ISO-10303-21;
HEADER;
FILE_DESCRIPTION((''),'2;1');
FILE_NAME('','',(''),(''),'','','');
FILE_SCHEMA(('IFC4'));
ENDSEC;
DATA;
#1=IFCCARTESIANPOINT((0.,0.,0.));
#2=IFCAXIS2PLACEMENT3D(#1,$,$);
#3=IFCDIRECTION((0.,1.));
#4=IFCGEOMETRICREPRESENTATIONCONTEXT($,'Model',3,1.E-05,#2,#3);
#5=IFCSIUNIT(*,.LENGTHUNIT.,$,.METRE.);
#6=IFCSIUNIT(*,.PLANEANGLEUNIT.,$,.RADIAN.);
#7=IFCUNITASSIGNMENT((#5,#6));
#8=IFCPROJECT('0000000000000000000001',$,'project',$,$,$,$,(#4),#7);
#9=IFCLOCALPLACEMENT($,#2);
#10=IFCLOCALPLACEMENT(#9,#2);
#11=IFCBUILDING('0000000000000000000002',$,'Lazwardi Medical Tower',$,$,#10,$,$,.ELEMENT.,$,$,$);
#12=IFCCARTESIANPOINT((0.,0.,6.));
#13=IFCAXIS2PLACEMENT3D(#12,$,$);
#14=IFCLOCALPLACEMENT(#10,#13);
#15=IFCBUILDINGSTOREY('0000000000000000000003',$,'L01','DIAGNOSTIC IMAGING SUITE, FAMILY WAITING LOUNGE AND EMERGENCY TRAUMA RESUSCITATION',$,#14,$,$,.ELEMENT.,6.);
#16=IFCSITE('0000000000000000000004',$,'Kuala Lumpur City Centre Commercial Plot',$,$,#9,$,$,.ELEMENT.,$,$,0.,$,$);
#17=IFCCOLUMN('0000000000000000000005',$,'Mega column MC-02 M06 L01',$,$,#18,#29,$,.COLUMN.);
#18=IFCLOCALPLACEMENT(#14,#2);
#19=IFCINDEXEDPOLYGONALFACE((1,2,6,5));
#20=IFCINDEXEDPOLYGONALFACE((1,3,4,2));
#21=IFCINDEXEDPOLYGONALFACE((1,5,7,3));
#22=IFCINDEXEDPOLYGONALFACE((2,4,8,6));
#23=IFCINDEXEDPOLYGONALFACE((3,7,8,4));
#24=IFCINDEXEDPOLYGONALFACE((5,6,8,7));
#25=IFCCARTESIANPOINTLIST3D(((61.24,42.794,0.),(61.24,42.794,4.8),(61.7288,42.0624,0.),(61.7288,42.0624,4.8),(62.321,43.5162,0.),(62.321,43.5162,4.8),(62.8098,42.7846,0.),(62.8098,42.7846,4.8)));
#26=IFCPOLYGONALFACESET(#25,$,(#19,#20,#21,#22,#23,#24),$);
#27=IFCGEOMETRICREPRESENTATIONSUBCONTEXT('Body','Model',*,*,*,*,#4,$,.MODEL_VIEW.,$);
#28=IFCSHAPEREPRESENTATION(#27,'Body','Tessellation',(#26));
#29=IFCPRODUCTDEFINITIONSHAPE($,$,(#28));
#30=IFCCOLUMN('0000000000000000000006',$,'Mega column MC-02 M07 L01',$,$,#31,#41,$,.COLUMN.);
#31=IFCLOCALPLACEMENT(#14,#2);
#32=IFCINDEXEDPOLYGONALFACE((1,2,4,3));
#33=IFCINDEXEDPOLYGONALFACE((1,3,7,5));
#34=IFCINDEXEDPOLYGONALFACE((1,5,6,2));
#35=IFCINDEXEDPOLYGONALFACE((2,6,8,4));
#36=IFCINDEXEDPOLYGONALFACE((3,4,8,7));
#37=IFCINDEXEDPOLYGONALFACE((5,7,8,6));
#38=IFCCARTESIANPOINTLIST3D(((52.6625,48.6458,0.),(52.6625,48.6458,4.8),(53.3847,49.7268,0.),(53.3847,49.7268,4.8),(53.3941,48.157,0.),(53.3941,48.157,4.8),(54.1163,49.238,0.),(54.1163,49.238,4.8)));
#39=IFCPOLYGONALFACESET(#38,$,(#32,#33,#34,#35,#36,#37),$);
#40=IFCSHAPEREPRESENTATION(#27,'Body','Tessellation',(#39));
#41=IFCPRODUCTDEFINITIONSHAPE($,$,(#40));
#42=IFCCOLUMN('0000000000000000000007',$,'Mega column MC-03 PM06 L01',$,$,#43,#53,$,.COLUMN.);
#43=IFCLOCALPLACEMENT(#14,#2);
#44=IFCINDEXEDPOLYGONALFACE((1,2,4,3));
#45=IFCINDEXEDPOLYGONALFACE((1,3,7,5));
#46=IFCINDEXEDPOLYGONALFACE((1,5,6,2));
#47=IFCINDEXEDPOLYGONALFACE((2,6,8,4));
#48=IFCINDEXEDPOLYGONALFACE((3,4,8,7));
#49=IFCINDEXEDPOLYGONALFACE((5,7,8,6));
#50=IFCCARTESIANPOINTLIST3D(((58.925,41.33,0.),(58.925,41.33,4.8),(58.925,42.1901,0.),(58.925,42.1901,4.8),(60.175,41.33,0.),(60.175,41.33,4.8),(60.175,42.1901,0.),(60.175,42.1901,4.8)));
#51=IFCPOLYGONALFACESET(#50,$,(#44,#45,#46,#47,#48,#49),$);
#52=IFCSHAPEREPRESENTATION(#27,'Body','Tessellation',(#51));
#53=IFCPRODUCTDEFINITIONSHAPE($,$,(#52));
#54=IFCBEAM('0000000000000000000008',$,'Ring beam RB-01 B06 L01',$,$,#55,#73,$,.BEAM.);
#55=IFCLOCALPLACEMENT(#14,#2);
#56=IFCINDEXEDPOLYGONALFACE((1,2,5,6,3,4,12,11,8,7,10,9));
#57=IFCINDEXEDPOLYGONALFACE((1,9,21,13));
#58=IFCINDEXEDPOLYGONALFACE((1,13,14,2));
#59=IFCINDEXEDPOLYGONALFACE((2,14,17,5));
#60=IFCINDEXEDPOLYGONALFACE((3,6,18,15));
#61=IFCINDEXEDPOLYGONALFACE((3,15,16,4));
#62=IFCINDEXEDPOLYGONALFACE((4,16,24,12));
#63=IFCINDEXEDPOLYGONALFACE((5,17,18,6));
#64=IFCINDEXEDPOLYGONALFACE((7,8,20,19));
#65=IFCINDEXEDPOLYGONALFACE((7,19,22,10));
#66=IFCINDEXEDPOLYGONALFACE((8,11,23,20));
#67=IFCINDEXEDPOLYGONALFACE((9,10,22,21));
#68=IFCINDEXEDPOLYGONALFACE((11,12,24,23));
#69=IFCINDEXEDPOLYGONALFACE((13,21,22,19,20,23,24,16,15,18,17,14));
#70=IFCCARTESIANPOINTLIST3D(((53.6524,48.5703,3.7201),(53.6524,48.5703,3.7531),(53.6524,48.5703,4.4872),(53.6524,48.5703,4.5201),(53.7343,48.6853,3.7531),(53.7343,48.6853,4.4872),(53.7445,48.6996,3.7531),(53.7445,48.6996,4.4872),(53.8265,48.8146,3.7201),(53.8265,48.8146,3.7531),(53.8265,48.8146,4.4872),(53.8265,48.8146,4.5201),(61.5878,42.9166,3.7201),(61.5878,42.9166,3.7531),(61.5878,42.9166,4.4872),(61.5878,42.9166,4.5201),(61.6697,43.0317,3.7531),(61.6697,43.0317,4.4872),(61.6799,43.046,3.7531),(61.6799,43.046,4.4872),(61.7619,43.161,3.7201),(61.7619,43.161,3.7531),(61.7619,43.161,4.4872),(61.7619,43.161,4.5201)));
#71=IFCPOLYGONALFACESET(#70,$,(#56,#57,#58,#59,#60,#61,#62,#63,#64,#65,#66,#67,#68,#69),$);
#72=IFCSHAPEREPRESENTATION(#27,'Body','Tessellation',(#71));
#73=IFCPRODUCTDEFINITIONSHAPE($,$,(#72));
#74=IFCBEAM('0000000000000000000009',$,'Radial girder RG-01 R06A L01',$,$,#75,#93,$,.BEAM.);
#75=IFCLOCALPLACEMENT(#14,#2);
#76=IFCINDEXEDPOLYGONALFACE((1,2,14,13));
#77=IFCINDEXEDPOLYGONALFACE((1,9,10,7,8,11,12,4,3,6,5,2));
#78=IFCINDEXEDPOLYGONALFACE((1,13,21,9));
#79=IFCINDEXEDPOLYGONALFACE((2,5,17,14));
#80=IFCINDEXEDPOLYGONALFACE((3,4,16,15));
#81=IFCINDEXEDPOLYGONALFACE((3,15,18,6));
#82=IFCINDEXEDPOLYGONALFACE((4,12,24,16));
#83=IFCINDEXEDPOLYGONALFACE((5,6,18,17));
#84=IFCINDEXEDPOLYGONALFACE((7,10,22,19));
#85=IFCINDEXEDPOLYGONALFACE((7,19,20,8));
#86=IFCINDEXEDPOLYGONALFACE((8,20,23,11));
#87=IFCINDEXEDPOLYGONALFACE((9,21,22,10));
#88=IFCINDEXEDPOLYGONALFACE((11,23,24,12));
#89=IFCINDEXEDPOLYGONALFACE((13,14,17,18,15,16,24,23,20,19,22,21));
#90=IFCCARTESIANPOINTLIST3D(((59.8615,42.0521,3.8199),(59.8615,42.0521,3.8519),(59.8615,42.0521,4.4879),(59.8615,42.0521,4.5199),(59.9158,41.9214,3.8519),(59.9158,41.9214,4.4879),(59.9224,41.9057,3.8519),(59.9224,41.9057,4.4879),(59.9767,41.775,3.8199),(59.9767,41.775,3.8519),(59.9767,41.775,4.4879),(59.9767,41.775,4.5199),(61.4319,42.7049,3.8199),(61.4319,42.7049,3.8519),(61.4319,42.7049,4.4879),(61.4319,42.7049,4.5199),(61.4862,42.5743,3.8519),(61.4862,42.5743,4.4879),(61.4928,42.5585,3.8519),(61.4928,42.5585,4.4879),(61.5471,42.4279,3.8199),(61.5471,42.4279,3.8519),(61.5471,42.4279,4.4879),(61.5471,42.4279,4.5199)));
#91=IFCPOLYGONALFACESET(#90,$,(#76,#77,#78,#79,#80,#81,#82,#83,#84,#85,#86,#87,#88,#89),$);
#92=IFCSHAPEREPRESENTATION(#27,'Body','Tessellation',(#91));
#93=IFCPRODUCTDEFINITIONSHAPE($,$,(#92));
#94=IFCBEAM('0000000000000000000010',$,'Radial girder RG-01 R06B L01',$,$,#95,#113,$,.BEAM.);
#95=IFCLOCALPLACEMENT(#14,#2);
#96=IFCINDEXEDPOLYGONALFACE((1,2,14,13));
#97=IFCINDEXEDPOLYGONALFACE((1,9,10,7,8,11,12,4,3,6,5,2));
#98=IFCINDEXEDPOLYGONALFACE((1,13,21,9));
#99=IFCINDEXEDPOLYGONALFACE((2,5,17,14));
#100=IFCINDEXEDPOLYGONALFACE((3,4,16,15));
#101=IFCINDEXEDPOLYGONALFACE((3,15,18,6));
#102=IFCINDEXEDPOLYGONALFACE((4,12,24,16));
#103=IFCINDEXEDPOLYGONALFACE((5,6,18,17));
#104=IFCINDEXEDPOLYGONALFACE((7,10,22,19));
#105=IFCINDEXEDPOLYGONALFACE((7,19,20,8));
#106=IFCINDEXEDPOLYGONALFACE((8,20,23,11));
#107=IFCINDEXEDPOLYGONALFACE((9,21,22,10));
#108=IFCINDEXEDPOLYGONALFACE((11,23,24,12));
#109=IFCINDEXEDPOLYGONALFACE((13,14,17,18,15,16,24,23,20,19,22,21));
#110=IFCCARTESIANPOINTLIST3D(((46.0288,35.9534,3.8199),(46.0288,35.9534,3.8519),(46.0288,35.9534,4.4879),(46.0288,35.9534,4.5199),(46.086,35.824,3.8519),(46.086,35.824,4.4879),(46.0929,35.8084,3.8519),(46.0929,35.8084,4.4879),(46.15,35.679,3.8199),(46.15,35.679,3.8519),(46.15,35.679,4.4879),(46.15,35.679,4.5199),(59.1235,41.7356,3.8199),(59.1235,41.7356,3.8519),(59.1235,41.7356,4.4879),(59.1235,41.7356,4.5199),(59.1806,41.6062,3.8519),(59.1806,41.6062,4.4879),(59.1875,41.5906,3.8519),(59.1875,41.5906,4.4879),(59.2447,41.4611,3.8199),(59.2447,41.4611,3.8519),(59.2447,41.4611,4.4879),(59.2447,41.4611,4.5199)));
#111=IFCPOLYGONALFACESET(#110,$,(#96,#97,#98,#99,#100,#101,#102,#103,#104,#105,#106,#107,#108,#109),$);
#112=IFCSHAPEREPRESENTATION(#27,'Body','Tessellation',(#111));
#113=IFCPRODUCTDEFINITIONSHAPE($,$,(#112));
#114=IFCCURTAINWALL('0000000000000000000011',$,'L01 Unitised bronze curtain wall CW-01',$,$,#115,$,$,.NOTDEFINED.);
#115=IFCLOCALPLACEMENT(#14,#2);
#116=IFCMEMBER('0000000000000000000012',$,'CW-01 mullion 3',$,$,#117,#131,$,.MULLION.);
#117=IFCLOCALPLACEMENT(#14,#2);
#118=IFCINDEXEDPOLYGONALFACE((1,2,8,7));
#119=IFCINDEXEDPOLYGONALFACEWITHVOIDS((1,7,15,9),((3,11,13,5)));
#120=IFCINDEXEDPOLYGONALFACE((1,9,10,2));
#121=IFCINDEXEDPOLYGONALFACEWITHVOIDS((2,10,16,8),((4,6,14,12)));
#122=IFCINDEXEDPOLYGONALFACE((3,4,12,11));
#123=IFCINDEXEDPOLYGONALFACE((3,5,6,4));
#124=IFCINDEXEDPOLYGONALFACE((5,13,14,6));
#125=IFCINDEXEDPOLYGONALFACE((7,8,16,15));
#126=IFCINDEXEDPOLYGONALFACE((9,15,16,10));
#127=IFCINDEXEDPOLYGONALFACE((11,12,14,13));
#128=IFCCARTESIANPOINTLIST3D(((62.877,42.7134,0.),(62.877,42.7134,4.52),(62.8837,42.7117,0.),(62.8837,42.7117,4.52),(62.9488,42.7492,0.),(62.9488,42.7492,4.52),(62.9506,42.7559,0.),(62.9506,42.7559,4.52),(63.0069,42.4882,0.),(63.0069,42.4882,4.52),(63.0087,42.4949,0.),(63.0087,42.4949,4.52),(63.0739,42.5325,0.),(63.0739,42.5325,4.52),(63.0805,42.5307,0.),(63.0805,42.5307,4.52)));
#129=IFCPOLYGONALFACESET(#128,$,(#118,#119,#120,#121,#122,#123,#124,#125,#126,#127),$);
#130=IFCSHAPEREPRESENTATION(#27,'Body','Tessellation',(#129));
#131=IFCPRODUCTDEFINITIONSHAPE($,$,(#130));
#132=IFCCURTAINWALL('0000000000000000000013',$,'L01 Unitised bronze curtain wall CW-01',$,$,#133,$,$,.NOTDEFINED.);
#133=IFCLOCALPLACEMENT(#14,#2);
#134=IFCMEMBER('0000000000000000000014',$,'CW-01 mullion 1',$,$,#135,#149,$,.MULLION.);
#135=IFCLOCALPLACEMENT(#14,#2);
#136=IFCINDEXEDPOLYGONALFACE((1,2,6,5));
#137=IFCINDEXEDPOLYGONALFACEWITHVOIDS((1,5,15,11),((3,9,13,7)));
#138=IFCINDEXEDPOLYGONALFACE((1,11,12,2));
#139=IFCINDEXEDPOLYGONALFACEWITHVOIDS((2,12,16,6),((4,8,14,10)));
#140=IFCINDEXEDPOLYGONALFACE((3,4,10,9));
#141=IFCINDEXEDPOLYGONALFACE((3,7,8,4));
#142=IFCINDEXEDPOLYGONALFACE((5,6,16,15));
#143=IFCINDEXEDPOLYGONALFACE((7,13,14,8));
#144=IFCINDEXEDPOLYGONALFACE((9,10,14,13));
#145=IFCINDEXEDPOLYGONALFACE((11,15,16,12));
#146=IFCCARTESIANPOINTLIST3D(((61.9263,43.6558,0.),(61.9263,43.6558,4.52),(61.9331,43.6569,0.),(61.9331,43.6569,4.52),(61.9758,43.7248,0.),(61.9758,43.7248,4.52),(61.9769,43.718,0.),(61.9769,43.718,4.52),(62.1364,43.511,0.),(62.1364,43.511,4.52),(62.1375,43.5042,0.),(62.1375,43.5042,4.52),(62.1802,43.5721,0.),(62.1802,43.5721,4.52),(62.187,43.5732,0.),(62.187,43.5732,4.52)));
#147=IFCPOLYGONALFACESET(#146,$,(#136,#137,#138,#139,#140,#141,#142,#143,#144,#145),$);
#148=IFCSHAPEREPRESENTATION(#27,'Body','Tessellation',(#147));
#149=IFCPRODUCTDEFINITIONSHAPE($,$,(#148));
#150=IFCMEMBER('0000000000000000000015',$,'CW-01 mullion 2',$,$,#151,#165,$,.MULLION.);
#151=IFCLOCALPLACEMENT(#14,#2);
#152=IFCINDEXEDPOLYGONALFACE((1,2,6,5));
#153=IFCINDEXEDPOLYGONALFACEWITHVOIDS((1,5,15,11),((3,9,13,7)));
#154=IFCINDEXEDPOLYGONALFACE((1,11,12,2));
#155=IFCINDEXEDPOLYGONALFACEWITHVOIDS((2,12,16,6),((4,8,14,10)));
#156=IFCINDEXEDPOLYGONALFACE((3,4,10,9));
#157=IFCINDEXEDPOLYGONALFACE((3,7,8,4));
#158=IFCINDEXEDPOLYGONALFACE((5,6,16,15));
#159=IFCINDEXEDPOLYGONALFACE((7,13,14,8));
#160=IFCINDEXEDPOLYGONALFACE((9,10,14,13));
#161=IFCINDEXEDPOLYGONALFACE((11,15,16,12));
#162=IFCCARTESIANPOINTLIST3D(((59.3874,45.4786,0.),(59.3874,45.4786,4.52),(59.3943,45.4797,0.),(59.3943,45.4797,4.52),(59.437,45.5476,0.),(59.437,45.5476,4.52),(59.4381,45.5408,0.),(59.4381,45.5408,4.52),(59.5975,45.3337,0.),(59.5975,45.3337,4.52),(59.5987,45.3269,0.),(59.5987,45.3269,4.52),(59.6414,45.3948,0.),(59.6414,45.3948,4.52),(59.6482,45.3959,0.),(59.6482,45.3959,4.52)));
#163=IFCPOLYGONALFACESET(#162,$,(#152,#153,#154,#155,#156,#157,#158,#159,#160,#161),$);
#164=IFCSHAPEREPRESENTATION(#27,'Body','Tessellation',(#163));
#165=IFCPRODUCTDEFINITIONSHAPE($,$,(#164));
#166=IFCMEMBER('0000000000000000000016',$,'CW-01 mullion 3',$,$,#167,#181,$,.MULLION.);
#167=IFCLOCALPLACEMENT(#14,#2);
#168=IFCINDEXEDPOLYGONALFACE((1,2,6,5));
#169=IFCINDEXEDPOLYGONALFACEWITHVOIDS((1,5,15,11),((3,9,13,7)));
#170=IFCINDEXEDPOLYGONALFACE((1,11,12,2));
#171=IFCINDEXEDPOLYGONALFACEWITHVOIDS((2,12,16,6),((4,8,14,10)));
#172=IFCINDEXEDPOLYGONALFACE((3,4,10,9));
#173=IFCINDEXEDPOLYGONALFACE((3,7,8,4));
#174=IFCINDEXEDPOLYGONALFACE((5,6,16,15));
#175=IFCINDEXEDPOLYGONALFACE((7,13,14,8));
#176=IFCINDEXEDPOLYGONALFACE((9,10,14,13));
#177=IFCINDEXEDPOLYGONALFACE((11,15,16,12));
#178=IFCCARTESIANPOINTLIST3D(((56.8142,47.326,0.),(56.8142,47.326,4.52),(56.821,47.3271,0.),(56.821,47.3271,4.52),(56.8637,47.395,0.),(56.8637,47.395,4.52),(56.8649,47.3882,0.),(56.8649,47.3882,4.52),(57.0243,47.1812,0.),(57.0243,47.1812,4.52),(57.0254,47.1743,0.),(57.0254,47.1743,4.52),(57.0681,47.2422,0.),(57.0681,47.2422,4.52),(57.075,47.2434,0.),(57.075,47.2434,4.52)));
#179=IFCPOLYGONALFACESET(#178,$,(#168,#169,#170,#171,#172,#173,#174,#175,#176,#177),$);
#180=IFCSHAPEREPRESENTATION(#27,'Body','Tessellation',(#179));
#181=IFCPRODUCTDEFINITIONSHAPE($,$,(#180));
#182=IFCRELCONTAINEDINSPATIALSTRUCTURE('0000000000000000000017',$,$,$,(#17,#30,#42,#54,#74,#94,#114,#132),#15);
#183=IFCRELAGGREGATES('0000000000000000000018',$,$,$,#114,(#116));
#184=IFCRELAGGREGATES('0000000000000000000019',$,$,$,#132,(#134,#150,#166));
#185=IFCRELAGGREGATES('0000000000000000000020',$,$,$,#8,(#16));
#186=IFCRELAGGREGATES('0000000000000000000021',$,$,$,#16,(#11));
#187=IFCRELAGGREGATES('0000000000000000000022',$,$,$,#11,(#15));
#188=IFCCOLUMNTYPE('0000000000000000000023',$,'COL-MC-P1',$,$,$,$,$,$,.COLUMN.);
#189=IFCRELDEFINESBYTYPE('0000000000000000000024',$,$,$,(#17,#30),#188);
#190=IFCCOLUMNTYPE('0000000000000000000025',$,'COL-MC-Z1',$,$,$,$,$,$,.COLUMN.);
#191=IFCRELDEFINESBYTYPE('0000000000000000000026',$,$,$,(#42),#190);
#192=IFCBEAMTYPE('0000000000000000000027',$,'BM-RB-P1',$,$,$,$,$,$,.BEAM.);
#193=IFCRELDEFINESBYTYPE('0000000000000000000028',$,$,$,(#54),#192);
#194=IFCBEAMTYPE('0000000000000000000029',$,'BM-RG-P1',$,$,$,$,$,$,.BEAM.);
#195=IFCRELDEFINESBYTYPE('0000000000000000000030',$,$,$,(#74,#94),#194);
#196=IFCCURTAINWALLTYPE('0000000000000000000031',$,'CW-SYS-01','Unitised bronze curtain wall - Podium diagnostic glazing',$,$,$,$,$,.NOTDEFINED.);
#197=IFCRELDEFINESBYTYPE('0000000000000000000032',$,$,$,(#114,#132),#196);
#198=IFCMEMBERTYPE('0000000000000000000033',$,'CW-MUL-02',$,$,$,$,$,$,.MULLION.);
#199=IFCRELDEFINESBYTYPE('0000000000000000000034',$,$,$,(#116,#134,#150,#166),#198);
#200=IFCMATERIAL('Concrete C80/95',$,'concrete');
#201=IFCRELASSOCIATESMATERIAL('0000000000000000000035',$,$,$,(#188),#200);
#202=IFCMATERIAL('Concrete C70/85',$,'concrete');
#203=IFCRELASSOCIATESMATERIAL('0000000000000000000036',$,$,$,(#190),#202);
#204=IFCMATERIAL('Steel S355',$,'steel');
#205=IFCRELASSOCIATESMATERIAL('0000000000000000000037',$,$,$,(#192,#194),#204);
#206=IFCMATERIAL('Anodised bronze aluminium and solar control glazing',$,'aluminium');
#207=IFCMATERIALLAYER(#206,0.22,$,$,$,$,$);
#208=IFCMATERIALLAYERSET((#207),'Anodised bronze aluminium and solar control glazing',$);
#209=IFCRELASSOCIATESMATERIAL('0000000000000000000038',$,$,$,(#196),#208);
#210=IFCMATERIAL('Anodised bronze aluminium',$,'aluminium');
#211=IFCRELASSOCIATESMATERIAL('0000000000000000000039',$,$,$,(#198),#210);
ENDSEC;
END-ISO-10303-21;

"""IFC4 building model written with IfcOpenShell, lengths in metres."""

from ifc_helpers import new_model, si_unit, direction, frame, origin, origin_2d, place, context, subcontext, project, spatial, rectangle, hollow_rectangle, i_section, extrude, material, layer, layer_set, material_profile, profile_set, type_object, element, aggregate, save


model = new_model("IFC4")

# Units and contexts
model_context = context("Model", 3, precision=1e-05, world=origin(), true_north=direction((0.0, 1.0)))
body_context = subcontext(model_context, "Body", "Model", "MODEL_VIEW")
ifc_project = project(units=[si_unit("LENGTHUNIT", "METRE"), si_unit("PLANEANGLEUNIT", "RADIAN")], contexts=[model_context])

# Site, building, storey
site_placement = place(None, origin())
site = spatial("IfcSite", under=ifc_project, at=site_placement, Name="Kuala Lumpur City Centre Commercial Plot", CompositionType="ELEMENT", RefElevation=0.0)
building_placement = place(site_placement, origin())
building = spatial("IfcBuilding", under=site, at=building_placement, Name="Lazwardi Medical Tower", CompositionType="ELEMENT")
storey_placement = place(building_placement, frame((0.0, 0.0, 6.0)))
storey = spatial("IfcBuildingStorey", under=building, at=storey_placement, Name="L01", Description="DIAGNOSTIC IMAGING SUITE, FAMILY WAITING LOUNGE AND EMERGENCY TRAUMA RESUSCITATION", CompositionType="ELEMENT", Elevation=6.0)

# Columns
ifc_material_1 = material(Name="Concrete C80/95", Category="concrete")
ifc_material_profile_1 = material_profile(ifc_material_1, rectangle(XDim=1.3, YDim=0.8799, at=origin_2d()), Name="CFT-RECT 1300x880")
ifc_profile_set_1 = profile_set([ifc_material_profile_1], Name="Concrete C80/95")
column_type_1 = type_object("IfcColumnType", Name="COL-MC-P1", PredefinedType="COLUMN", material=ifc_profile_set_1)
for number, where, z_axis, x_axis, name in (
    (1, (62.0249, 42.7893, 0.0), (0.0, 0.0, 1.0), (0.83147, 0.55557, 0.0), "Mega column MC-02 M06 L01"),
    (2, (53.3894, 48.9419, 0.0), (0.0, 0.0, 1.0), (0.55557, 0.83147, 0.0), "Mega column MC-02 M07 L01"),
):
    element("IfcColumn", number, at=place(storey_placement, frame(where, z_axis=z_axis, x_axis=x_axis)), inside=storey, type_object=column_type_1, Name=name, PredefinedType="COLUMN", context=body_context, shape_type="SweptSolid", body=[
        extrude(rectangle(XDim=1.3, YDim=0.8799, at=origin_2d()), origin(), (0.0, 0.0, 1.0), 4.8),
    ])
ifc_material_2 = material(Name="Concrete C70/85", Category="concrete")
ifc_material_profile_2 = material_profile(ifc_material_2, rectangle(XDim=1.25, YDim=0.8601, at=origin_2d()), Name="CFT-RECT 1250x860")
ifc_profile_set_2 = profile_set([ifc_material_profile_2], Name="Concrete C70/85")
column_type_2 = type_object("IfcColumnType", Name="COL-MC-Z1", PredefinedType="COLUMN", material=ifc_profile_set_2)
column_placement = place(storey_placement, frame((59.55, 41.76, 0.0), z_axis=(0.0, 0.0, 1.0), x_axis=(1.0, 0.0, 0.0)))
element("IfcColumn", 3, at=column_placement, inside=storey, type_object=column_type_2, Name="Mega column MC-03 PM06 L01", PredefinedType="COLUMN", context=body_context, shape_type="SweptSolid", body=[
    extrude(rectangle(XDim=1.25, YDim=0.8601, at=origin_2d()), origin(), (0.0, 0.0, 1.0), 4.8),
])

# Beams
ifc_material_3 = material(Name="Steel S355", Category="steel")
ifc_material_profile_3 = material_profile(ifc_material_3, i_section(OverallWidth=0.3, OverallDepth=0.8, WebThickness=0.0176, FlangeThickness=0.033, at=origin_2d()), Name="HEB 800")
ifc_profile_set_3 = profile_set([ifc_material_profile_3], Name="Steel S355")
beam_type_1 = type_object("IfcBeamType", Name="BM-RB-P1", PredefinedType="BEAM", material=ifc_profile_set_3)
beam_1_placement = place(storey_placement, frame((61.6748, 43.0388, 4.1201), z_axis=(-0.814437, 0.580252, 0.0), x_axis=(-0.580252, -0.814437, 0.0)))
element("IfcBeam", 4, at=beam_1_placement, inside=storey, type_object=beam_type_1, Name="Ring beam RB-01 B06 L01", PredefinedType="BEAM", context=body_context, shape_type="SweptSolid", body=[
    extrude(i_section(OverallWidth=0.3, OverallDepth=0.8, WebThickness=0.0176, FlangeThickness=0.033, at=origin_2d()), origin(), (0.0, 0.0, 1.0), 9.7434),
])
ifc_material_profile_4 = material_profile(ifc_material_3, i_section(OverallWidth=0.3, OverallDepth=0.7, WebThickness=0.0171, FlangeThickness=0.032, at=origin_2d()), Name="HEB 700")
ifc_profile_set_4 = profile_set([ifc_material_profile_4], Name="Steel S355")
beam_type_2 = type_object("IfcBeamType", Name="BM-RG-P1", PredefinedType="BEAM", material=ifc_profile_set_4)
beam_2_placement = place(storey_placement, frame((61.4895, 42.5664, 4.1699), z_axis=(-0.923382, -0.383881, 0.0), x_axis=(0.383881, -0.923382, 0.0)))
element("IfcBeam", 5, at=beam_2_placement, inside=storey, type_object=beam_type_2, Name="Radial girder RG-01 R06A L01", PredefinedType="BEAM", context=body_context, shape_type="SweptSolid", body=[
    extrude(i_section(OverallWidth=0.3, OverallDepth=0.7, WebThickness=0.0171, FlangeThickness=0.032, at=origin_2d()), origin(), (0.0, 0.0, 1.0), 1.7007),
])
beam_3_placement = place(storey_placement, frame((59.1841, 41.5984, 4.1699), z_axis=(-0.914785, -0.403941, 0.0), x_axis=(0.403941, -0.914785, 0.0)))
element("IfcBeam", 6, at=beam_3_placement, inside=storey, type_object=beam_type_2, Name="Radial girder RG-01 R06B L01", PredefinedType="BEAM", context=body_context, shape_type="SweptSolid", body=[
    extrude(i_section(OverallWidth=0.3, OverallDepth=0.7, WebThickness=0.0171, FlangeThickness=0.032, at=origin_2d()), origin(), (0.0, 0.0, 1.0), 14.3145),
])

# Curtain wall, member
ifc_material_4 = material(Name="Anodised bronze aluminium and solar control glazing", Category="aluminium")
ifc_layer_1 = layer(ifc_material_4, 0.22)
ifc_layer_set_1 = layer_set([ifc_layer_1], Name="Anodised bronze aluminium and solar control glazing")
curtain_wall_type = type_object("IfcCurtainWallType", Name="CW-SYS-01", Description="Unitised bronze curtain wall - Podium diagnostic glazing", PredefinedType="NOTDEFINED", material=ifc_layer_set_1)
curtain_wall_1_placement = place(storey_placement, origin())
curtain_wall_1 = element("IfcCurtainWall", 7, at=curtain_wall_1_placement, inside=storey, type_object=curtain_wall_type, Name="L01 Unitised bronze curtain wall CW-01", PredefinedType="NOTDEFINED")
ifc_material_5 = material(Name="Anodised bronze aluminium", Category="aluminium")
ifc_material_profile_5 = material_profile(ifc_material_5, hollow_rectangle(XDim=0.085, YDim=0.26, WallThickness=0.0049, at=origin_2d()), Name="ALU-MULLION 260x85x5")
ifc_profile_set_5 = profile_set([ifc_material_profile_5], Name="Anodised bronze aluminium")
member_type_1 = type_object("IfcMemberType", Name="CW-MUL-02", PredefinedType="MULLION", material=ifc_profile_set_5)
member_1_placement = place(storey_placement, frame((62.9788, 42.6221, 0.0), z_axis=(0.0, 0.0, 1.0), x_axis=(-0.866181, -0.499731, 0.0)))
member_1 = element("IfcMember", 8, at=member_1_placement, type_object=member_type_1, Name="CW-01 mullion 3", PredefinedType="MULLION", context=body_context, shape_type="SweptSolid", body=[
    extrude(hollow_rectangle(XDim=0.085, YDim=0.26, WallThickness=0.0049, at=origin_2d()), origin(), (0.0, 0.0, 1.0), 4.52),
])

# Curtain wall, members
curtain_wall_2_placement = place(storey_placement, origin())
curtain_wall_2 = element("IfcCurtainWall", 9, at=curtain_wall_2_placement, inside=storey, type_object=curtain_wall_type, Name="L01 Unitised bronze curtain wall CW-01", PredefinedType="NOTDEFINED")
member_2_placement = place(storey_placement, frame((62.0566, 43.6145, 0.0), z_axis=(0.0, 0.0, 1.0), x_axis=(-0.583214, -0.812318, 0.0)))
member_2 = element("IfcMember", 10, at=member_2_placement, type_object=member_type_1, Name="CW-01 mullion 1", PredefinedType="MULLION", context=body_context, shape_type="SweptSolid", body=[
    extrude(hollow_rectangle(XDim=0.085, YDim=0.26, WallThickness=0.0049, at=origin_2d()), origin(), (0.0, 0.0, 1.0), 4.52),
])
member_3_placement = place(storey_placement, frame((59.5178, 45.4373, 0.0), z_axis=(0.0, 0.0, 1.0), x_axis=(-0.583214, -0.812318, 0.0)))
member_3 = element("IfcMember", 11, at=member_3_placement, type_object=member_type_1, Name="CW-01 mullion 2", PredefinedType="MULLION", context=body_context, shape_type="SweptSolid", body=[
    extrude(hollow_rectangle(XDim=0.085, YDim=0.26, WallThickness=0.0049, at=origin_2d()), origin(), (0.0, 0.0, 1.0), 4.52),
])
member_4_placement = place(storey_placement, frame((56.9446, 47.2847, 0.0), z_axis=(0.0, 0.0, 1.0), x_axis=(-0.583214, -0.812318, 0.0)))
member_4 = element("IfcMember", 12, at=member_4_placement, type_object=member_type_1, Name="CW-01 mullion 3", PredefinedType="MULLION", context=body_context, shape_type="SweptSolid", body=[
    extrude(hollow_rectangle(XDim=0.085, YDim=0.26, WallThickness=0.0049, at=origin_2d()), origin(), (0.0, 0.0, 1.0), 4.52),
])

aggregate(curtain_wall_1, [member_1])
aggregate(curtain_wall_2, [member_2, member_3, member_4])

save(model, "model.ifc")
